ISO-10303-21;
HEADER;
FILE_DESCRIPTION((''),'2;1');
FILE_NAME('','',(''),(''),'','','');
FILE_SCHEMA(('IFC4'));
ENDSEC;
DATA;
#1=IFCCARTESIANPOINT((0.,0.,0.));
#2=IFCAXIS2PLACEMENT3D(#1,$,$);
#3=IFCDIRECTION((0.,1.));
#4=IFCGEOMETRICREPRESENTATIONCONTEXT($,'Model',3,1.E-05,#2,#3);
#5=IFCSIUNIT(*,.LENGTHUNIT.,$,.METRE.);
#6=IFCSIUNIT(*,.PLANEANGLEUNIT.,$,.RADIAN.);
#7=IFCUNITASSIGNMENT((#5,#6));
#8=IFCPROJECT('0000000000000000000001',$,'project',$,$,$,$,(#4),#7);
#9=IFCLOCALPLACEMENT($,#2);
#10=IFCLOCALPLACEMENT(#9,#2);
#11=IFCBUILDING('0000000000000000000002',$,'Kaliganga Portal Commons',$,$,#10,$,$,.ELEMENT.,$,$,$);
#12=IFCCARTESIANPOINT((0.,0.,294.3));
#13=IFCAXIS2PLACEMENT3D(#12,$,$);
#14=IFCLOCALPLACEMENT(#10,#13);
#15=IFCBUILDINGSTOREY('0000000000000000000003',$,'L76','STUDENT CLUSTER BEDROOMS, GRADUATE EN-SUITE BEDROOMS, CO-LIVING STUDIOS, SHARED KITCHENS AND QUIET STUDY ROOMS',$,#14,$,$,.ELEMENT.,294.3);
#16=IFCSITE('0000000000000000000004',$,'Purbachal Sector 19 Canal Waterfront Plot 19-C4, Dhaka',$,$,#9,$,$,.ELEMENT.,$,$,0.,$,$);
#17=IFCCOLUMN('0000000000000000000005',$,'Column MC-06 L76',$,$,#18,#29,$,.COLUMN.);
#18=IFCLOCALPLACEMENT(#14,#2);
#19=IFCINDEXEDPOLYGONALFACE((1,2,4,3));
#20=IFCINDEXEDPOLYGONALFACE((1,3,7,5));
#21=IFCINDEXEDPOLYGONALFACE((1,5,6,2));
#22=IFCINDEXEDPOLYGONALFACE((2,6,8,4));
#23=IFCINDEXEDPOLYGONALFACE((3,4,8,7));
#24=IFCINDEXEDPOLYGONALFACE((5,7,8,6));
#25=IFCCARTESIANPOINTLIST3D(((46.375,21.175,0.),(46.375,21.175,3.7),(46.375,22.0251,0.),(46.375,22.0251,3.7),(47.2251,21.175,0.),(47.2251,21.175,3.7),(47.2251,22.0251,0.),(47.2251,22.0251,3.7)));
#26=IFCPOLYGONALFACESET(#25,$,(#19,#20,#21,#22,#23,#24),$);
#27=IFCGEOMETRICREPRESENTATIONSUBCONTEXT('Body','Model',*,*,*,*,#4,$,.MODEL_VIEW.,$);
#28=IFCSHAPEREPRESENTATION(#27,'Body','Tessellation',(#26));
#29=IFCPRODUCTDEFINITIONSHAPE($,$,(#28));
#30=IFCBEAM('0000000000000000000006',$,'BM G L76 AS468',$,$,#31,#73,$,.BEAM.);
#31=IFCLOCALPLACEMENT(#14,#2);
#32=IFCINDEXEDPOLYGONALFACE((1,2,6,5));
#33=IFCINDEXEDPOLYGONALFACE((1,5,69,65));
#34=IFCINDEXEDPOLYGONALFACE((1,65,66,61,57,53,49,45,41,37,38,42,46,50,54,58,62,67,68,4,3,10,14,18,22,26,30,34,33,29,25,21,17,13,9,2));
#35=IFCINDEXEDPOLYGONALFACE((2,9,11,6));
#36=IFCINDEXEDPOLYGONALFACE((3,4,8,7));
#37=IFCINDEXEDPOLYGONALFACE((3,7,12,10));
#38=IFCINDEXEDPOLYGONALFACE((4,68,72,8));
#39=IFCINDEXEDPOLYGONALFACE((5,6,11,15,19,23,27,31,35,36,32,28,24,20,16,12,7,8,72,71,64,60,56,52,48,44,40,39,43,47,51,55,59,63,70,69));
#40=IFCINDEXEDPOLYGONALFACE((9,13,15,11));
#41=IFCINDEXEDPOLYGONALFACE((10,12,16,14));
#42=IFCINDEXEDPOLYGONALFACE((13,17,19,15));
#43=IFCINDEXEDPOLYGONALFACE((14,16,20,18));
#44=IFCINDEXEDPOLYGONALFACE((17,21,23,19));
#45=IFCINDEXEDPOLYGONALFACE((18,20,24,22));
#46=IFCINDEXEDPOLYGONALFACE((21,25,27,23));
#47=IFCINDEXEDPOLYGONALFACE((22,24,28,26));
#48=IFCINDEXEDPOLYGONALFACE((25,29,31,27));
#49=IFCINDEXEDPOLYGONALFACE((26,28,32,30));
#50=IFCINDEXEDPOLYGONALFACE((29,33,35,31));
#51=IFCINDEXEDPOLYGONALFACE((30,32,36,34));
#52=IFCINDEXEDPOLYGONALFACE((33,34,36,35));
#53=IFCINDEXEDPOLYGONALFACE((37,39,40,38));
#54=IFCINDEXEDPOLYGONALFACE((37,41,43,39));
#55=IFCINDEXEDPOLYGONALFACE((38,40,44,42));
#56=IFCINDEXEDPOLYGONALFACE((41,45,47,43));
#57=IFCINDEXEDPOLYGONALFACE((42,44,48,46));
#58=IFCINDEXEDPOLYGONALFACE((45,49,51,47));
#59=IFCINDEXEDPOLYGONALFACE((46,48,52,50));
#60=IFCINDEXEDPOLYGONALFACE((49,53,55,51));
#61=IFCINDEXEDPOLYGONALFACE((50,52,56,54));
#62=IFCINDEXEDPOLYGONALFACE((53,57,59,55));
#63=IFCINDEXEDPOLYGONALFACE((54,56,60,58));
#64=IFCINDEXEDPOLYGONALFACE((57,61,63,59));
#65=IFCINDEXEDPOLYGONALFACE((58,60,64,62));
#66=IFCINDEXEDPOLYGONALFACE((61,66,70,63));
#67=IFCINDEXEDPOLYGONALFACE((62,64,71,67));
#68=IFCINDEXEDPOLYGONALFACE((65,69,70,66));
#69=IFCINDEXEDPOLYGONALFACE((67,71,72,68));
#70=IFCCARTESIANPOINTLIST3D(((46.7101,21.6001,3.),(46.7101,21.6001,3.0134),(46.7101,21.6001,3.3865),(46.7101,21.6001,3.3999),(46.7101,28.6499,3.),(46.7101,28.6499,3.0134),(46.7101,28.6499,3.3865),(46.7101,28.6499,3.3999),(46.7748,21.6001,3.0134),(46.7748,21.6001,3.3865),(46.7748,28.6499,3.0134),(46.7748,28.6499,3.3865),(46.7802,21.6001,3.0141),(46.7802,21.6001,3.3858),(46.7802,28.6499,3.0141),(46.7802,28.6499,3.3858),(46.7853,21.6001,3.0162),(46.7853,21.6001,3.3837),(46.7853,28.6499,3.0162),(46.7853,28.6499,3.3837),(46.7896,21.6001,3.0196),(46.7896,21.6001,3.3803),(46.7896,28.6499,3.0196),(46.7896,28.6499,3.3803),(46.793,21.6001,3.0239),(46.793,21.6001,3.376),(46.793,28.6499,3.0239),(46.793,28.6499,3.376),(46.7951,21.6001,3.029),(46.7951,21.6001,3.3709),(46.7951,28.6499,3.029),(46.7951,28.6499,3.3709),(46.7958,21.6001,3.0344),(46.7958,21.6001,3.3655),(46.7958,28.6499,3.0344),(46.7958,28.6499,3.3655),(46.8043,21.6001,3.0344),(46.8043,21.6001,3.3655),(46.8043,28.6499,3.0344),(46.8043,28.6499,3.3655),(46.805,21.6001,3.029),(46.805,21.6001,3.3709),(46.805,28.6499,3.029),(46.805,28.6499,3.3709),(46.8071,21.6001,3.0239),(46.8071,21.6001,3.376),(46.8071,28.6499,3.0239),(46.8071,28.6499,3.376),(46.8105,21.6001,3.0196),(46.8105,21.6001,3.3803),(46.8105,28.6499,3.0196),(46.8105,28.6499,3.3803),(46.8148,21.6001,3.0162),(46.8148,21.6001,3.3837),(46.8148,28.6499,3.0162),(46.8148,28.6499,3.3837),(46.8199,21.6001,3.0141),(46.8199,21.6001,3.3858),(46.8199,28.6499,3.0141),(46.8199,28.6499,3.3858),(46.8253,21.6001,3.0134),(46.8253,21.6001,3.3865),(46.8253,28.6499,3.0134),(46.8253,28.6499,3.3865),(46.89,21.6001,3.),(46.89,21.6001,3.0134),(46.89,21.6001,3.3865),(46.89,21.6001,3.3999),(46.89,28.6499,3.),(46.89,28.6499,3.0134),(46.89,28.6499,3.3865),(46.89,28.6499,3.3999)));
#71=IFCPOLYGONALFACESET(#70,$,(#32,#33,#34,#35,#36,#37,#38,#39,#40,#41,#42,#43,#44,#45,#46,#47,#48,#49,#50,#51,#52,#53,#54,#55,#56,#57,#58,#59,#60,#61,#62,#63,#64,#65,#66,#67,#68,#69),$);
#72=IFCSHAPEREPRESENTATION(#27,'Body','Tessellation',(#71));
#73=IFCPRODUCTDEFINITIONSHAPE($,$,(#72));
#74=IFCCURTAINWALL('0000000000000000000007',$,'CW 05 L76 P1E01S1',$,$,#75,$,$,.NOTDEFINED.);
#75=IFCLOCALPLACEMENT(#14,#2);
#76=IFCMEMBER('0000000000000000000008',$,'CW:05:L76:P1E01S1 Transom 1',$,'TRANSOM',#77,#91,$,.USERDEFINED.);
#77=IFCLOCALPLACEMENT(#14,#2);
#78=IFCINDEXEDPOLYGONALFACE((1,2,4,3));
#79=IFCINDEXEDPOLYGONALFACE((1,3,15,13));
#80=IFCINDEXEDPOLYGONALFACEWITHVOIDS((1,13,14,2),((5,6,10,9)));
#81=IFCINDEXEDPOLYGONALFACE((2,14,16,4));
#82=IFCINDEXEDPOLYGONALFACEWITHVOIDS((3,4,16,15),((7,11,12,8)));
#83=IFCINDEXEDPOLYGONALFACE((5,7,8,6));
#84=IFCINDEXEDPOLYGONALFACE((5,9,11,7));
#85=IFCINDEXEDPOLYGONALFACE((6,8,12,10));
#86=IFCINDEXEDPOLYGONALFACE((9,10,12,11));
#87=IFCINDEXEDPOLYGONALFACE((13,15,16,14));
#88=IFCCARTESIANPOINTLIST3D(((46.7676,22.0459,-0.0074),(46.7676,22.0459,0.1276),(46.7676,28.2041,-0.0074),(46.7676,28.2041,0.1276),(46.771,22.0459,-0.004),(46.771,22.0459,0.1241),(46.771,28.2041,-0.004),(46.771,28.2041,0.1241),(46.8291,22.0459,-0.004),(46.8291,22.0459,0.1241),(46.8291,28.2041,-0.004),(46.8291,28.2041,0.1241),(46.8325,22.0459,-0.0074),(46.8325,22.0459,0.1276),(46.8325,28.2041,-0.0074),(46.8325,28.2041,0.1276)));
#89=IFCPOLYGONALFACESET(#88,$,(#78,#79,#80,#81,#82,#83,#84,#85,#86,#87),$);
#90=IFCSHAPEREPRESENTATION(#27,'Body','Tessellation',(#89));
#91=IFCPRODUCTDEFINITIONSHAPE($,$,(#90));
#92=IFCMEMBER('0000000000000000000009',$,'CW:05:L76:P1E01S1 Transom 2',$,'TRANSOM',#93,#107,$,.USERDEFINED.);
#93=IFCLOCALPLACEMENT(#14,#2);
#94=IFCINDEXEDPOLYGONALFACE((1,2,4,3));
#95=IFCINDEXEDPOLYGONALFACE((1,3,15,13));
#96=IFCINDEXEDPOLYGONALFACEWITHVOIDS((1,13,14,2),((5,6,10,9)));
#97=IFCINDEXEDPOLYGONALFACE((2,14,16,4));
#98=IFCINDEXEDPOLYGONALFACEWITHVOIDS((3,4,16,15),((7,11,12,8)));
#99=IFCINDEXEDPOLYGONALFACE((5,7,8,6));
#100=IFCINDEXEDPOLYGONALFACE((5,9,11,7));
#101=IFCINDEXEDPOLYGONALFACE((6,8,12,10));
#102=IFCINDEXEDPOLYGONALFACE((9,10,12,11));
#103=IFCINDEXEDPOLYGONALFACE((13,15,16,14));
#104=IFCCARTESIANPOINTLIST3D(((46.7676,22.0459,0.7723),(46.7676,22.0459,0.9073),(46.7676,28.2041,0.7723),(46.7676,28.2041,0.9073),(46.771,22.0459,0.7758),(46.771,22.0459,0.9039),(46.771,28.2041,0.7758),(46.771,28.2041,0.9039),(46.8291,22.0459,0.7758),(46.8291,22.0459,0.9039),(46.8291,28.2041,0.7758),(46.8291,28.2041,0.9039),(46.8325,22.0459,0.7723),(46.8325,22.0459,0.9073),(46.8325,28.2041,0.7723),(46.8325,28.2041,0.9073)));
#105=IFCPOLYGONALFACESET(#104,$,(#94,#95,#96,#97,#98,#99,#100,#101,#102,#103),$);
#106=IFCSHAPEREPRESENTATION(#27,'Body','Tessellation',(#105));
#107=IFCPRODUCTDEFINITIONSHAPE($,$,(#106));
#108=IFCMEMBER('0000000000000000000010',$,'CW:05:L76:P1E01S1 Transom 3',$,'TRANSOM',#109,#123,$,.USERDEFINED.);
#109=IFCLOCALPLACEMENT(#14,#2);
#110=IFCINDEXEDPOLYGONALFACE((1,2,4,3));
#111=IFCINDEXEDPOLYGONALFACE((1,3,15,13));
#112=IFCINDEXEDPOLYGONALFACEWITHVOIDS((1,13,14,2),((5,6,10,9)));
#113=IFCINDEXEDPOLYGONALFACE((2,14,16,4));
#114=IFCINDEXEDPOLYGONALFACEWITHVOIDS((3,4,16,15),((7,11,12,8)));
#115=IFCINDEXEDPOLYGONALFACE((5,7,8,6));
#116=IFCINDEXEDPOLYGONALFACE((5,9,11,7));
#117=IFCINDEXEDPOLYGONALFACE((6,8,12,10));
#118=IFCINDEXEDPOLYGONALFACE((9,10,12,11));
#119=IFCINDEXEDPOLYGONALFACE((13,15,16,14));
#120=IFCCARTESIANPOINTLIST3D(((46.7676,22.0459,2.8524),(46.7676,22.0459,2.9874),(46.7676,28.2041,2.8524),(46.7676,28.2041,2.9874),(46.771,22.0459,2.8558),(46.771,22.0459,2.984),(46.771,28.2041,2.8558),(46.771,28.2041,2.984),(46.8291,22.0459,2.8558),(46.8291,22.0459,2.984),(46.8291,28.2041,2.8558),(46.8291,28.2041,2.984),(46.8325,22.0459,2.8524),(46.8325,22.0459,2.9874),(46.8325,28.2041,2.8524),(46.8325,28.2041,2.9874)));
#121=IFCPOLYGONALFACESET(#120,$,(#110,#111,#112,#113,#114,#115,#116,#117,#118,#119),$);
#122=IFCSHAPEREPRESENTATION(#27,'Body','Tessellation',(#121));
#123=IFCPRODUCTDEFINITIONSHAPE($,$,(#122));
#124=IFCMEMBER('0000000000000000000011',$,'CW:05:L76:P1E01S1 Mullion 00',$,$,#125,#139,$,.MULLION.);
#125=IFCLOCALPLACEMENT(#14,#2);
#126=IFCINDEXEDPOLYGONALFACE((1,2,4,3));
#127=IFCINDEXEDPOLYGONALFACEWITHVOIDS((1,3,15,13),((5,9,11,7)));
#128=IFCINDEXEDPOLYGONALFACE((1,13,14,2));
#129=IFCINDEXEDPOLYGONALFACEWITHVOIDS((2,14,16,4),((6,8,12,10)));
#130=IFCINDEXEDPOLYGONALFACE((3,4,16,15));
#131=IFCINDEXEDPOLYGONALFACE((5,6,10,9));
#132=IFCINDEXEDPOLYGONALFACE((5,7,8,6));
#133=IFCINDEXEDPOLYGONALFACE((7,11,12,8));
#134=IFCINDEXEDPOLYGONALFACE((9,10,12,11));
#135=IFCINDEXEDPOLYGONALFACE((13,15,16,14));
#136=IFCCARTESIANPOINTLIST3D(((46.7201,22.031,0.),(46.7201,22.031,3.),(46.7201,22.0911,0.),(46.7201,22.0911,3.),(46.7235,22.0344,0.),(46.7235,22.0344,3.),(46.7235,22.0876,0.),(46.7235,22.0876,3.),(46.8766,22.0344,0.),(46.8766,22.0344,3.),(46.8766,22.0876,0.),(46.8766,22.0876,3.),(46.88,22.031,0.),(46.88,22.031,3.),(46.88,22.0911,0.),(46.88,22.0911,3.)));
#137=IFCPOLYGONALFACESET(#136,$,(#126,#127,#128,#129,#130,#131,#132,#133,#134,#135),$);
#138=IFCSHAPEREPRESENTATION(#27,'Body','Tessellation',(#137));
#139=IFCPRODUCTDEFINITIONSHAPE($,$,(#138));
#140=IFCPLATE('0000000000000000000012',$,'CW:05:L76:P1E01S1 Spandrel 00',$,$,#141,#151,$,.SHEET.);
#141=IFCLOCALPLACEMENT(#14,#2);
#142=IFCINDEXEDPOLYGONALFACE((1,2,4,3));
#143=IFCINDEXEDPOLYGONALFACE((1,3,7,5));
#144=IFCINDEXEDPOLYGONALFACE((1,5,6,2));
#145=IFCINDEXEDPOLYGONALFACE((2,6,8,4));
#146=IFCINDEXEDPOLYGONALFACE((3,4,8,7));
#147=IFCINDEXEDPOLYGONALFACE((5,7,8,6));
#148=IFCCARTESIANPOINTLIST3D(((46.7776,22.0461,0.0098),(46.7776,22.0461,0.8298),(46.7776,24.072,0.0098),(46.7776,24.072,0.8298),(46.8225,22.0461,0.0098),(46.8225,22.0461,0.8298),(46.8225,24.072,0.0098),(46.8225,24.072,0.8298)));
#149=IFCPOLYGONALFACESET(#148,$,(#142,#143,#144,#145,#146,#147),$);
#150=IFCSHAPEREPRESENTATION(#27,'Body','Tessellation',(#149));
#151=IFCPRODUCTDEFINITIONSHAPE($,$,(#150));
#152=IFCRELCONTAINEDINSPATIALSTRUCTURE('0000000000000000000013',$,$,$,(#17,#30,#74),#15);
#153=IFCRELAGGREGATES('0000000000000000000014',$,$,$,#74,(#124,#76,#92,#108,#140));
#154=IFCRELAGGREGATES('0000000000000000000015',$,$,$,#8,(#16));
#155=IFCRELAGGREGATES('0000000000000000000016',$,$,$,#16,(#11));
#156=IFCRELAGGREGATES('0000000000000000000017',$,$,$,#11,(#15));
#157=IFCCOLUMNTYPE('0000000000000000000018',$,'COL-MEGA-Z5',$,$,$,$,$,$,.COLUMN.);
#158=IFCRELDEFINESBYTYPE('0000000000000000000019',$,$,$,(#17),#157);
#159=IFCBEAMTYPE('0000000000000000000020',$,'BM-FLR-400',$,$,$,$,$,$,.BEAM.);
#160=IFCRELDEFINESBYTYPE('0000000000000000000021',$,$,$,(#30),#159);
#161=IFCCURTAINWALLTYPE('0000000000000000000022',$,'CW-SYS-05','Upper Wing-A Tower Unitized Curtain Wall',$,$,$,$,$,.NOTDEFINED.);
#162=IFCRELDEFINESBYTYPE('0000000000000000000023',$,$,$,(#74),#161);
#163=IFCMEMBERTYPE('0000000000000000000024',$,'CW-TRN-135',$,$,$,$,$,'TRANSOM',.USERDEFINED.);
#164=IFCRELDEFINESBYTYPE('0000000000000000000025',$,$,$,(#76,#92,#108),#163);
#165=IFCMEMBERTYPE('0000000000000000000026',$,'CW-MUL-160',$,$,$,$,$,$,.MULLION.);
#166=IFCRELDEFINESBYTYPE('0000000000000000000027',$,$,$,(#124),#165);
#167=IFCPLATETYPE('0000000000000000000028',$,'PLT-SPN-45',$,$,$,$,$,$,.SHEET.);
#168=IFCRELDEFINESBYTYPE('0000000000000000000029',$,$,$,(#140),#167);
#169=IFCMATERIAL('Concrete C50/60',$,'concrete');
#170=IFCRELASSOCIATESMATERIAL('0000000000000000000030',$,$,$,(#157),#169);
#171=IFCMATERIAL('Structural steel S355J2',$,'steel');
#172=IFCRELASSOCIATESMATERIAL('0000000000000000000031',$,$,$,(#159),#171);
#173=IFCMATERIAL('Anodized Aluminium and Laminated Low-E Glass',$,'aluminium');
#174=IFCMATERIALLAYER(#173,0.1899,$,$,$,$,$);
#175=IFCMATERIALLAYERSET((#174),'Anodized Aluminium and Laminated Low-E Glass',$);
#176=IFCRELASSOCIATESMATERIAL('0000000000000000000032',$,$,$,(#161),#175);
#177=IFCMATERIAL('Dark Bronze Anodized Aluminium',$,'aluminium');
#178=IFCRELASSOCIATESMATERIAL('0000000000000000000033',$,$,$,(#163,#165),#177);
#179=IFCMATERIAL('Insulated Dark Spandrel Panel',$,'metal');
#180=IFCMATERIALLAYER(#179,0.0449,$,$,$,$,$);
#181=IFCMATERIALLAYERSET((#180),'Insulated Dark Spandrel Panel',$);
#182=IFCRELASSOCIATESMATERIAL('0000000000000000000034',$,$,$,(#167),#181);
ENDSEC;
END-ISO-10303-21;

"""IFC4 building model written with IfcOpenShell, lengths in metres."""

from ifc_helpers import new_model, si_unit, direction, frame, origin, origin_2d, place, context, subcontext, project, spatial, rectangle, hollow_rectangle, i_section, extrude, source, transform, mapped, material, layer, layer_set, material_profile, profile_set, type_object, element, aggregate, save


model = new_model("IFC4")

# Units and contexts
model_context = context("Model", 3, precision=1e-05, world=origin(), true_north=direction((0.0, 1.0)))
body_context = subcontext(model_context, "Body", "Model", "MODEL_VIEW")
ifc_project = project(units=[si_unit("LENGTHUNIT", "METRE"), si_unit("PLANEANGLEUNIT", "RADIAN")], contexts=[model_context])

# Site, building, storey
site_placement = place(None, origin())
site = spatial("IfcSite", under=ifc_project, at=site_placement, Name="Purbachal Sector 19 Canal Waterfront Plot 19-C4, Dhaka", CompositionType="ELEMENT", RefElevation=0.0)
building_placement = place(site_placement, origin())
building = spatial("IfcBuilding", under=site, at=building_placement, Name="Kaliganga Portal Commons", CompositionType="ELEMENT")
storey_placement = place(building_placement, frame((0.0, 0.0, 294.3)))
storey = spatial("IfcBuildingStorey", under=building, at=storey_placement, Name="L76", Description="STUDENT CLUSTER BEDROOMS, GRADUATE EN-SUITE BEDROOMS, CO-LIVING STUDIOS, SHARED KITCHENS AND QUIET STUDY ROOMS", CompositionType="ELEMENT", Elevation=294.3)

# Column
ifc_material_1 = material(Name="Concrete C50/60", Category="concrete")
ifc_material_profile_1 = material_profile(ifc_material_1, rectangle(XDim=0.8501, YDim=0.8501, at=origin_2d()), Name="RC 850x850")
ifc_profile_set_1 = profile_set([ifc_material_profile_1], Name="Concrete C50/60")
column_type = type_object("IfcColumnType", Name="COL-MEGA-Z5", PredefinedType="COLUMN", material=ifc_profile_set_1)
shared_shape_1 = source(origin(), body_context, "Body", "SweptSolid", [
    extrude(rectangle(XDim=0.8501, YDim=0.8501, at=origin_2d()), origin(), (0.0, 0.0, 1.0), 3.7),
])
column_placement = place(storey_placement, frame((46.8, 21.6001, 0.0), z_axis=(0.0, 0.0, 1.0), x_axis=(1.0, 0.0, 0.0)))
element("IfcColumn", 1, at=column_placement, inside=storey, type_object=column_type, Name="Column MC-06 L76", PredefinedType="COLUMN", context=body_context, shape_type="MappedRepresentation", body=[
    mapped(shared_shape_1, transform((0.0, 0.0, 0.0), x_axis=(1.0, 0.0, 0.0), y_axis=(0.0, 1.0, 0.0), z_axis=(0.0, 0.0, 1.0), scale=1.0)),
])

# Beam
ifc_material_2 = material(Name="Structural steel S355J2", Category="steel")
ifc_material_profile_2 = material_profile(ifc_material_2, i_section(OverallWidth=0.1799, OverallDepth=0.3999, WebThickness=0.0085, FlangeThickness=0.0134, FilletRadius=0.021, at=origin_2d()), Name="IPE 400")
ifc_profile_set_2 = profile_set([ifc_material_profile_2], Name="Structural steel S355J2 wide-flange")
beam_type = type_object("IfcBeamType", Name="BM-FLR-400", PredefinedType="BEAM", material=ifc_profile_set_2)
shared_shape_2 = source(origin(), body_context, "Body", "SweptSolid", [
    extrude(i_section(OverallWidth=0.1799, OverallDepth=0.3999, WebThickness=0.0085, FlangeThickness=0.0134, FilletRadius=0.021, at=origin_2d()), origin(), (0.0, 0.0, 1.0), 7.0498),
])
beam_placement = place(storey_placement, frame((46.8, 21.6001, 3.2), z_axis=(0.0, 1.0, 0.0), x_axis=(-1.0, 0.0, 0.0)))
element("IfcBeam", 2, at=beam_placement, inside=storey, type_object=beam_type, Name="BM G L76 AS468", PredefinedType="BEAM", context=body_context, shape_type="MappedRepresentation", body=[
    mapped(shared_shape_2, transform((0.0, 0.0, 0.0), x_axis=(1.0, 0.0, 0.0), y_axis=(0.0, 1.0, 0.0), z_axis=(0.0, 0.0, 1.0), scale=1.0)),
])

# Curtain wall, members, plate
ifc_material_3 = material(Name="Anodized Aluminium and Laminated Low-E Glass", Category="aluminium")
ifc_layer_1 = layer(ifc_material_3, 0.1899)
ifc_layer_set_1 = layer_set([ifc_layer_1], Name="Anodized Aluminium and Laminated Low-E Glass")
curtain_wall_type = type_object("IfcCurtainWallType", Name="CW-SYS-05", Description="Upper Wing-A Tower Unitized Curtain Wall", PredefinedType="NOTDEFINED", material=ifc_layer_set_1)
curtain_wall_placement = place(storey_placement, origin())
curtain_wall = element("IfcCurtainWall", 3, at=curtain_wall_placement, inside=storey, type_object=curtain_wall_type, Name="CW 05 L76 P1E01S1", PredefinedType="NOTDEFINED")
ifc_material_4 = material(Name="Dark Bronze Anodized Aluminium", Category="aluminium")
ifc_material_profile_3 = material_profile(ifc_material_4, hollow_rectangle(XDim=0.0649, YDim=0.135, WallThickness=0.0034, at=origin_2d()), Name="ALU TRAN 65x135x3.5")
ifc_profile_set_3 = profile_set([ifc_material_profile_3], Name="Dark Bronze Anodized Aluminium")
member_type_1 = type_object("IfcMemberType", Name="CW-TRN-135", ElementType="TRANSOM", PredefinedType="USERDEFINED", material=ifc_profile_set_3)
shared_shape_3 = source(origin(), body_context, "Body", "SweptSolid", [
    extrude(hollow_rectangle(XDim=0.0649, YDim=0.135, WallThickness=0.0034, at=origin_2d()), origin(), (0.0, 0.0, 1.0), 6.1582),
])
member_1_placement = place(storey_placement, frame((46.8, 22.0459, 0.0601), z_axis=(0.0, 1.0, 0.0), x_axis=(-1.0, 0.0, 0.0)))
member_1 = element("IfcMember", 4, at=member_1_placement, type_object=member_type_1, Name="CW:05:L76:P1E01S1 Transom 1", ObjectType="TRANSOM", PredefinedType="USERDEFINED", context=body_context, shape_type="MappedRepresentation", body=[
    mapped(shared_shape_3, transform((0.0, 0.0, 0.0), x_axis=(1.0, 0.0, 0.0), y_axis=(0.0, 1.0, 0.0), z_axis=(0.0, 0.0, 1.0), scale=1.0)),
])
member_2_placement = place(storey_placement, frame((46.8, 22.0459, 0.8398), z_axis=(0.0, 1.0, 0.0), x_axis=(-1.0, 0.0, 0.0)))
member_2 = element("IfcMember", 5, at=member_2_placement, type_object=member_type_1, Name="CW:05:L76:P1E01S1 Transom 2", ObjectType="TRANSOM", PredefinedType="USERDEFINED", context=body_context, shape_type="MappedRepresentation", body=[
    mapped(shared_shape_3, transform((0.0, 0.0, 0.0), x_axis=(1.0, 0.0, 0.0), y_axis=(0.0, 1.0, 0.0), z_axis=(0.0, 0.0, 1.0), scale=1.0)),
])
member_3_placement = place(storey_placement, frame((46.8, 22.0459, 2.9199), z_axis=(0.0, 1.0, 0.0), x_axis=(-1.0, 0.0, 0.0)))
member_3 = element("IfcMember", 6, at=member_3_placement, type_object=member_type_1, Name="CW:05:L76:P1E01S1 Transom 3", ObjectType="TRANSOM", PredefinedType="USERDEFINED", context=body_context, shape_type="MappedRepresentation", body=[
    mapped(shared_shape_3, transform((0.0, 0.0, 0.0), x_axis=(1.0, 0.0, 0.0), y_axis=(0.0, 1.0, 0.0), z_axis=(0.0, 0.0, 1.0), scale=1.0)),
])
ifc_material_profile_4 = material_profile(ifc_material_4, hollow_rectangle(XDim=0.0601, YDim=0.1599, WallThickness=0.0034, at=origin_2d()), Name="ALU MULL 60x160x3.5")
ifc_profile_set_4 = profile_set([ifc_material_profile_4], Name="Dark Bronze Anodized Aluminium")
member_type_2 = type_object("IfcMemberType", Name="CW-MUL-160", PredefinedType="MULLION", material=ifc_profile_set_4)
shared_shape_4 = source(origin(), body_context, "Body", "SweptSolid", [
    extrude(hollow_rectangle(XDim=0.0601, YDim=0.1599, WallThickness=0.0034, at=origin_2d()), origin(), (0.0, 0.0, 1.0), 3.0),
])
member_4_placement = place(storey_placement, frame((46.8, 22.061, 0.0), z_axis=(0.0, 0.0, 1.0), x_axis=(0.0, 1.0, 0.0)))
member_4 = element("IfcMember", 7, at=member_4_placement, type_object=member_type_2, Name="CW:05:L76:P1E01S1 Mullion 00", PredefinedType="MULLION", context=body_context, shape_type="MappedRepresentation", body=[
    mapped(shared_shape_4, transform((0.0, 0.0, 0.0), x_axis=(1.0, 0.0, 0.0), y_axis=(0.0, 1.0, 0.0), z_axis=(0.0, 0.0, 1.0), scale=1.0)),
])
ifc_material_5 = material(Name="Insulated Dark Spandrel Panel", Category="metal")
ifc_layer_2 = layer(ifc_material_5, 0.0449)
ifc_layer_set_2 = layer_set([ifc_layer_2], Name="Insulated Dark Spandrel Panel")
plate_type = type_object("IfcPlateType", Name="PLT-SPN-45", PredefinedType="SHEET", material=ifc_layer_set_2)
shared_shape_5 = source(origin(), body_context, "Body", "SweptSolid", [
    extrude(rectangle(XDim=2.0259, YDim=0.0449, at=origin_2d()), origin(), (0.0, 0.0, 1.0), 0.8201),
])
plate_placement = place(storey_placement, frame((46.8, 23.0591, 0.0098), z_axis=(0.0, 0.0, 1.0), x_axis=(0.0, 1.0, 0.0)))
plate = element("IfcPlate", 8, at=plate_placement, type_object=plate_type, Name="CW:05:L76:P1E01S1 Spandrel 00", PredefinedType="SHEET", context=body_context, shape_type="MappedRepresentation", body=[
    mapped(shared_shape_5, transform((0.0, 0.0, 0.0), x_axis=(1.0, 0.0, 0.0), y_axis=(0.0, 1.0, 0.0), z_axis=(0.0, 0.0, 1.0), scale=1.0)),
])
aggregate(curtain_wall, [member_4, member_1, member_2, member_3, plate])

save(model, "model.ifc")
